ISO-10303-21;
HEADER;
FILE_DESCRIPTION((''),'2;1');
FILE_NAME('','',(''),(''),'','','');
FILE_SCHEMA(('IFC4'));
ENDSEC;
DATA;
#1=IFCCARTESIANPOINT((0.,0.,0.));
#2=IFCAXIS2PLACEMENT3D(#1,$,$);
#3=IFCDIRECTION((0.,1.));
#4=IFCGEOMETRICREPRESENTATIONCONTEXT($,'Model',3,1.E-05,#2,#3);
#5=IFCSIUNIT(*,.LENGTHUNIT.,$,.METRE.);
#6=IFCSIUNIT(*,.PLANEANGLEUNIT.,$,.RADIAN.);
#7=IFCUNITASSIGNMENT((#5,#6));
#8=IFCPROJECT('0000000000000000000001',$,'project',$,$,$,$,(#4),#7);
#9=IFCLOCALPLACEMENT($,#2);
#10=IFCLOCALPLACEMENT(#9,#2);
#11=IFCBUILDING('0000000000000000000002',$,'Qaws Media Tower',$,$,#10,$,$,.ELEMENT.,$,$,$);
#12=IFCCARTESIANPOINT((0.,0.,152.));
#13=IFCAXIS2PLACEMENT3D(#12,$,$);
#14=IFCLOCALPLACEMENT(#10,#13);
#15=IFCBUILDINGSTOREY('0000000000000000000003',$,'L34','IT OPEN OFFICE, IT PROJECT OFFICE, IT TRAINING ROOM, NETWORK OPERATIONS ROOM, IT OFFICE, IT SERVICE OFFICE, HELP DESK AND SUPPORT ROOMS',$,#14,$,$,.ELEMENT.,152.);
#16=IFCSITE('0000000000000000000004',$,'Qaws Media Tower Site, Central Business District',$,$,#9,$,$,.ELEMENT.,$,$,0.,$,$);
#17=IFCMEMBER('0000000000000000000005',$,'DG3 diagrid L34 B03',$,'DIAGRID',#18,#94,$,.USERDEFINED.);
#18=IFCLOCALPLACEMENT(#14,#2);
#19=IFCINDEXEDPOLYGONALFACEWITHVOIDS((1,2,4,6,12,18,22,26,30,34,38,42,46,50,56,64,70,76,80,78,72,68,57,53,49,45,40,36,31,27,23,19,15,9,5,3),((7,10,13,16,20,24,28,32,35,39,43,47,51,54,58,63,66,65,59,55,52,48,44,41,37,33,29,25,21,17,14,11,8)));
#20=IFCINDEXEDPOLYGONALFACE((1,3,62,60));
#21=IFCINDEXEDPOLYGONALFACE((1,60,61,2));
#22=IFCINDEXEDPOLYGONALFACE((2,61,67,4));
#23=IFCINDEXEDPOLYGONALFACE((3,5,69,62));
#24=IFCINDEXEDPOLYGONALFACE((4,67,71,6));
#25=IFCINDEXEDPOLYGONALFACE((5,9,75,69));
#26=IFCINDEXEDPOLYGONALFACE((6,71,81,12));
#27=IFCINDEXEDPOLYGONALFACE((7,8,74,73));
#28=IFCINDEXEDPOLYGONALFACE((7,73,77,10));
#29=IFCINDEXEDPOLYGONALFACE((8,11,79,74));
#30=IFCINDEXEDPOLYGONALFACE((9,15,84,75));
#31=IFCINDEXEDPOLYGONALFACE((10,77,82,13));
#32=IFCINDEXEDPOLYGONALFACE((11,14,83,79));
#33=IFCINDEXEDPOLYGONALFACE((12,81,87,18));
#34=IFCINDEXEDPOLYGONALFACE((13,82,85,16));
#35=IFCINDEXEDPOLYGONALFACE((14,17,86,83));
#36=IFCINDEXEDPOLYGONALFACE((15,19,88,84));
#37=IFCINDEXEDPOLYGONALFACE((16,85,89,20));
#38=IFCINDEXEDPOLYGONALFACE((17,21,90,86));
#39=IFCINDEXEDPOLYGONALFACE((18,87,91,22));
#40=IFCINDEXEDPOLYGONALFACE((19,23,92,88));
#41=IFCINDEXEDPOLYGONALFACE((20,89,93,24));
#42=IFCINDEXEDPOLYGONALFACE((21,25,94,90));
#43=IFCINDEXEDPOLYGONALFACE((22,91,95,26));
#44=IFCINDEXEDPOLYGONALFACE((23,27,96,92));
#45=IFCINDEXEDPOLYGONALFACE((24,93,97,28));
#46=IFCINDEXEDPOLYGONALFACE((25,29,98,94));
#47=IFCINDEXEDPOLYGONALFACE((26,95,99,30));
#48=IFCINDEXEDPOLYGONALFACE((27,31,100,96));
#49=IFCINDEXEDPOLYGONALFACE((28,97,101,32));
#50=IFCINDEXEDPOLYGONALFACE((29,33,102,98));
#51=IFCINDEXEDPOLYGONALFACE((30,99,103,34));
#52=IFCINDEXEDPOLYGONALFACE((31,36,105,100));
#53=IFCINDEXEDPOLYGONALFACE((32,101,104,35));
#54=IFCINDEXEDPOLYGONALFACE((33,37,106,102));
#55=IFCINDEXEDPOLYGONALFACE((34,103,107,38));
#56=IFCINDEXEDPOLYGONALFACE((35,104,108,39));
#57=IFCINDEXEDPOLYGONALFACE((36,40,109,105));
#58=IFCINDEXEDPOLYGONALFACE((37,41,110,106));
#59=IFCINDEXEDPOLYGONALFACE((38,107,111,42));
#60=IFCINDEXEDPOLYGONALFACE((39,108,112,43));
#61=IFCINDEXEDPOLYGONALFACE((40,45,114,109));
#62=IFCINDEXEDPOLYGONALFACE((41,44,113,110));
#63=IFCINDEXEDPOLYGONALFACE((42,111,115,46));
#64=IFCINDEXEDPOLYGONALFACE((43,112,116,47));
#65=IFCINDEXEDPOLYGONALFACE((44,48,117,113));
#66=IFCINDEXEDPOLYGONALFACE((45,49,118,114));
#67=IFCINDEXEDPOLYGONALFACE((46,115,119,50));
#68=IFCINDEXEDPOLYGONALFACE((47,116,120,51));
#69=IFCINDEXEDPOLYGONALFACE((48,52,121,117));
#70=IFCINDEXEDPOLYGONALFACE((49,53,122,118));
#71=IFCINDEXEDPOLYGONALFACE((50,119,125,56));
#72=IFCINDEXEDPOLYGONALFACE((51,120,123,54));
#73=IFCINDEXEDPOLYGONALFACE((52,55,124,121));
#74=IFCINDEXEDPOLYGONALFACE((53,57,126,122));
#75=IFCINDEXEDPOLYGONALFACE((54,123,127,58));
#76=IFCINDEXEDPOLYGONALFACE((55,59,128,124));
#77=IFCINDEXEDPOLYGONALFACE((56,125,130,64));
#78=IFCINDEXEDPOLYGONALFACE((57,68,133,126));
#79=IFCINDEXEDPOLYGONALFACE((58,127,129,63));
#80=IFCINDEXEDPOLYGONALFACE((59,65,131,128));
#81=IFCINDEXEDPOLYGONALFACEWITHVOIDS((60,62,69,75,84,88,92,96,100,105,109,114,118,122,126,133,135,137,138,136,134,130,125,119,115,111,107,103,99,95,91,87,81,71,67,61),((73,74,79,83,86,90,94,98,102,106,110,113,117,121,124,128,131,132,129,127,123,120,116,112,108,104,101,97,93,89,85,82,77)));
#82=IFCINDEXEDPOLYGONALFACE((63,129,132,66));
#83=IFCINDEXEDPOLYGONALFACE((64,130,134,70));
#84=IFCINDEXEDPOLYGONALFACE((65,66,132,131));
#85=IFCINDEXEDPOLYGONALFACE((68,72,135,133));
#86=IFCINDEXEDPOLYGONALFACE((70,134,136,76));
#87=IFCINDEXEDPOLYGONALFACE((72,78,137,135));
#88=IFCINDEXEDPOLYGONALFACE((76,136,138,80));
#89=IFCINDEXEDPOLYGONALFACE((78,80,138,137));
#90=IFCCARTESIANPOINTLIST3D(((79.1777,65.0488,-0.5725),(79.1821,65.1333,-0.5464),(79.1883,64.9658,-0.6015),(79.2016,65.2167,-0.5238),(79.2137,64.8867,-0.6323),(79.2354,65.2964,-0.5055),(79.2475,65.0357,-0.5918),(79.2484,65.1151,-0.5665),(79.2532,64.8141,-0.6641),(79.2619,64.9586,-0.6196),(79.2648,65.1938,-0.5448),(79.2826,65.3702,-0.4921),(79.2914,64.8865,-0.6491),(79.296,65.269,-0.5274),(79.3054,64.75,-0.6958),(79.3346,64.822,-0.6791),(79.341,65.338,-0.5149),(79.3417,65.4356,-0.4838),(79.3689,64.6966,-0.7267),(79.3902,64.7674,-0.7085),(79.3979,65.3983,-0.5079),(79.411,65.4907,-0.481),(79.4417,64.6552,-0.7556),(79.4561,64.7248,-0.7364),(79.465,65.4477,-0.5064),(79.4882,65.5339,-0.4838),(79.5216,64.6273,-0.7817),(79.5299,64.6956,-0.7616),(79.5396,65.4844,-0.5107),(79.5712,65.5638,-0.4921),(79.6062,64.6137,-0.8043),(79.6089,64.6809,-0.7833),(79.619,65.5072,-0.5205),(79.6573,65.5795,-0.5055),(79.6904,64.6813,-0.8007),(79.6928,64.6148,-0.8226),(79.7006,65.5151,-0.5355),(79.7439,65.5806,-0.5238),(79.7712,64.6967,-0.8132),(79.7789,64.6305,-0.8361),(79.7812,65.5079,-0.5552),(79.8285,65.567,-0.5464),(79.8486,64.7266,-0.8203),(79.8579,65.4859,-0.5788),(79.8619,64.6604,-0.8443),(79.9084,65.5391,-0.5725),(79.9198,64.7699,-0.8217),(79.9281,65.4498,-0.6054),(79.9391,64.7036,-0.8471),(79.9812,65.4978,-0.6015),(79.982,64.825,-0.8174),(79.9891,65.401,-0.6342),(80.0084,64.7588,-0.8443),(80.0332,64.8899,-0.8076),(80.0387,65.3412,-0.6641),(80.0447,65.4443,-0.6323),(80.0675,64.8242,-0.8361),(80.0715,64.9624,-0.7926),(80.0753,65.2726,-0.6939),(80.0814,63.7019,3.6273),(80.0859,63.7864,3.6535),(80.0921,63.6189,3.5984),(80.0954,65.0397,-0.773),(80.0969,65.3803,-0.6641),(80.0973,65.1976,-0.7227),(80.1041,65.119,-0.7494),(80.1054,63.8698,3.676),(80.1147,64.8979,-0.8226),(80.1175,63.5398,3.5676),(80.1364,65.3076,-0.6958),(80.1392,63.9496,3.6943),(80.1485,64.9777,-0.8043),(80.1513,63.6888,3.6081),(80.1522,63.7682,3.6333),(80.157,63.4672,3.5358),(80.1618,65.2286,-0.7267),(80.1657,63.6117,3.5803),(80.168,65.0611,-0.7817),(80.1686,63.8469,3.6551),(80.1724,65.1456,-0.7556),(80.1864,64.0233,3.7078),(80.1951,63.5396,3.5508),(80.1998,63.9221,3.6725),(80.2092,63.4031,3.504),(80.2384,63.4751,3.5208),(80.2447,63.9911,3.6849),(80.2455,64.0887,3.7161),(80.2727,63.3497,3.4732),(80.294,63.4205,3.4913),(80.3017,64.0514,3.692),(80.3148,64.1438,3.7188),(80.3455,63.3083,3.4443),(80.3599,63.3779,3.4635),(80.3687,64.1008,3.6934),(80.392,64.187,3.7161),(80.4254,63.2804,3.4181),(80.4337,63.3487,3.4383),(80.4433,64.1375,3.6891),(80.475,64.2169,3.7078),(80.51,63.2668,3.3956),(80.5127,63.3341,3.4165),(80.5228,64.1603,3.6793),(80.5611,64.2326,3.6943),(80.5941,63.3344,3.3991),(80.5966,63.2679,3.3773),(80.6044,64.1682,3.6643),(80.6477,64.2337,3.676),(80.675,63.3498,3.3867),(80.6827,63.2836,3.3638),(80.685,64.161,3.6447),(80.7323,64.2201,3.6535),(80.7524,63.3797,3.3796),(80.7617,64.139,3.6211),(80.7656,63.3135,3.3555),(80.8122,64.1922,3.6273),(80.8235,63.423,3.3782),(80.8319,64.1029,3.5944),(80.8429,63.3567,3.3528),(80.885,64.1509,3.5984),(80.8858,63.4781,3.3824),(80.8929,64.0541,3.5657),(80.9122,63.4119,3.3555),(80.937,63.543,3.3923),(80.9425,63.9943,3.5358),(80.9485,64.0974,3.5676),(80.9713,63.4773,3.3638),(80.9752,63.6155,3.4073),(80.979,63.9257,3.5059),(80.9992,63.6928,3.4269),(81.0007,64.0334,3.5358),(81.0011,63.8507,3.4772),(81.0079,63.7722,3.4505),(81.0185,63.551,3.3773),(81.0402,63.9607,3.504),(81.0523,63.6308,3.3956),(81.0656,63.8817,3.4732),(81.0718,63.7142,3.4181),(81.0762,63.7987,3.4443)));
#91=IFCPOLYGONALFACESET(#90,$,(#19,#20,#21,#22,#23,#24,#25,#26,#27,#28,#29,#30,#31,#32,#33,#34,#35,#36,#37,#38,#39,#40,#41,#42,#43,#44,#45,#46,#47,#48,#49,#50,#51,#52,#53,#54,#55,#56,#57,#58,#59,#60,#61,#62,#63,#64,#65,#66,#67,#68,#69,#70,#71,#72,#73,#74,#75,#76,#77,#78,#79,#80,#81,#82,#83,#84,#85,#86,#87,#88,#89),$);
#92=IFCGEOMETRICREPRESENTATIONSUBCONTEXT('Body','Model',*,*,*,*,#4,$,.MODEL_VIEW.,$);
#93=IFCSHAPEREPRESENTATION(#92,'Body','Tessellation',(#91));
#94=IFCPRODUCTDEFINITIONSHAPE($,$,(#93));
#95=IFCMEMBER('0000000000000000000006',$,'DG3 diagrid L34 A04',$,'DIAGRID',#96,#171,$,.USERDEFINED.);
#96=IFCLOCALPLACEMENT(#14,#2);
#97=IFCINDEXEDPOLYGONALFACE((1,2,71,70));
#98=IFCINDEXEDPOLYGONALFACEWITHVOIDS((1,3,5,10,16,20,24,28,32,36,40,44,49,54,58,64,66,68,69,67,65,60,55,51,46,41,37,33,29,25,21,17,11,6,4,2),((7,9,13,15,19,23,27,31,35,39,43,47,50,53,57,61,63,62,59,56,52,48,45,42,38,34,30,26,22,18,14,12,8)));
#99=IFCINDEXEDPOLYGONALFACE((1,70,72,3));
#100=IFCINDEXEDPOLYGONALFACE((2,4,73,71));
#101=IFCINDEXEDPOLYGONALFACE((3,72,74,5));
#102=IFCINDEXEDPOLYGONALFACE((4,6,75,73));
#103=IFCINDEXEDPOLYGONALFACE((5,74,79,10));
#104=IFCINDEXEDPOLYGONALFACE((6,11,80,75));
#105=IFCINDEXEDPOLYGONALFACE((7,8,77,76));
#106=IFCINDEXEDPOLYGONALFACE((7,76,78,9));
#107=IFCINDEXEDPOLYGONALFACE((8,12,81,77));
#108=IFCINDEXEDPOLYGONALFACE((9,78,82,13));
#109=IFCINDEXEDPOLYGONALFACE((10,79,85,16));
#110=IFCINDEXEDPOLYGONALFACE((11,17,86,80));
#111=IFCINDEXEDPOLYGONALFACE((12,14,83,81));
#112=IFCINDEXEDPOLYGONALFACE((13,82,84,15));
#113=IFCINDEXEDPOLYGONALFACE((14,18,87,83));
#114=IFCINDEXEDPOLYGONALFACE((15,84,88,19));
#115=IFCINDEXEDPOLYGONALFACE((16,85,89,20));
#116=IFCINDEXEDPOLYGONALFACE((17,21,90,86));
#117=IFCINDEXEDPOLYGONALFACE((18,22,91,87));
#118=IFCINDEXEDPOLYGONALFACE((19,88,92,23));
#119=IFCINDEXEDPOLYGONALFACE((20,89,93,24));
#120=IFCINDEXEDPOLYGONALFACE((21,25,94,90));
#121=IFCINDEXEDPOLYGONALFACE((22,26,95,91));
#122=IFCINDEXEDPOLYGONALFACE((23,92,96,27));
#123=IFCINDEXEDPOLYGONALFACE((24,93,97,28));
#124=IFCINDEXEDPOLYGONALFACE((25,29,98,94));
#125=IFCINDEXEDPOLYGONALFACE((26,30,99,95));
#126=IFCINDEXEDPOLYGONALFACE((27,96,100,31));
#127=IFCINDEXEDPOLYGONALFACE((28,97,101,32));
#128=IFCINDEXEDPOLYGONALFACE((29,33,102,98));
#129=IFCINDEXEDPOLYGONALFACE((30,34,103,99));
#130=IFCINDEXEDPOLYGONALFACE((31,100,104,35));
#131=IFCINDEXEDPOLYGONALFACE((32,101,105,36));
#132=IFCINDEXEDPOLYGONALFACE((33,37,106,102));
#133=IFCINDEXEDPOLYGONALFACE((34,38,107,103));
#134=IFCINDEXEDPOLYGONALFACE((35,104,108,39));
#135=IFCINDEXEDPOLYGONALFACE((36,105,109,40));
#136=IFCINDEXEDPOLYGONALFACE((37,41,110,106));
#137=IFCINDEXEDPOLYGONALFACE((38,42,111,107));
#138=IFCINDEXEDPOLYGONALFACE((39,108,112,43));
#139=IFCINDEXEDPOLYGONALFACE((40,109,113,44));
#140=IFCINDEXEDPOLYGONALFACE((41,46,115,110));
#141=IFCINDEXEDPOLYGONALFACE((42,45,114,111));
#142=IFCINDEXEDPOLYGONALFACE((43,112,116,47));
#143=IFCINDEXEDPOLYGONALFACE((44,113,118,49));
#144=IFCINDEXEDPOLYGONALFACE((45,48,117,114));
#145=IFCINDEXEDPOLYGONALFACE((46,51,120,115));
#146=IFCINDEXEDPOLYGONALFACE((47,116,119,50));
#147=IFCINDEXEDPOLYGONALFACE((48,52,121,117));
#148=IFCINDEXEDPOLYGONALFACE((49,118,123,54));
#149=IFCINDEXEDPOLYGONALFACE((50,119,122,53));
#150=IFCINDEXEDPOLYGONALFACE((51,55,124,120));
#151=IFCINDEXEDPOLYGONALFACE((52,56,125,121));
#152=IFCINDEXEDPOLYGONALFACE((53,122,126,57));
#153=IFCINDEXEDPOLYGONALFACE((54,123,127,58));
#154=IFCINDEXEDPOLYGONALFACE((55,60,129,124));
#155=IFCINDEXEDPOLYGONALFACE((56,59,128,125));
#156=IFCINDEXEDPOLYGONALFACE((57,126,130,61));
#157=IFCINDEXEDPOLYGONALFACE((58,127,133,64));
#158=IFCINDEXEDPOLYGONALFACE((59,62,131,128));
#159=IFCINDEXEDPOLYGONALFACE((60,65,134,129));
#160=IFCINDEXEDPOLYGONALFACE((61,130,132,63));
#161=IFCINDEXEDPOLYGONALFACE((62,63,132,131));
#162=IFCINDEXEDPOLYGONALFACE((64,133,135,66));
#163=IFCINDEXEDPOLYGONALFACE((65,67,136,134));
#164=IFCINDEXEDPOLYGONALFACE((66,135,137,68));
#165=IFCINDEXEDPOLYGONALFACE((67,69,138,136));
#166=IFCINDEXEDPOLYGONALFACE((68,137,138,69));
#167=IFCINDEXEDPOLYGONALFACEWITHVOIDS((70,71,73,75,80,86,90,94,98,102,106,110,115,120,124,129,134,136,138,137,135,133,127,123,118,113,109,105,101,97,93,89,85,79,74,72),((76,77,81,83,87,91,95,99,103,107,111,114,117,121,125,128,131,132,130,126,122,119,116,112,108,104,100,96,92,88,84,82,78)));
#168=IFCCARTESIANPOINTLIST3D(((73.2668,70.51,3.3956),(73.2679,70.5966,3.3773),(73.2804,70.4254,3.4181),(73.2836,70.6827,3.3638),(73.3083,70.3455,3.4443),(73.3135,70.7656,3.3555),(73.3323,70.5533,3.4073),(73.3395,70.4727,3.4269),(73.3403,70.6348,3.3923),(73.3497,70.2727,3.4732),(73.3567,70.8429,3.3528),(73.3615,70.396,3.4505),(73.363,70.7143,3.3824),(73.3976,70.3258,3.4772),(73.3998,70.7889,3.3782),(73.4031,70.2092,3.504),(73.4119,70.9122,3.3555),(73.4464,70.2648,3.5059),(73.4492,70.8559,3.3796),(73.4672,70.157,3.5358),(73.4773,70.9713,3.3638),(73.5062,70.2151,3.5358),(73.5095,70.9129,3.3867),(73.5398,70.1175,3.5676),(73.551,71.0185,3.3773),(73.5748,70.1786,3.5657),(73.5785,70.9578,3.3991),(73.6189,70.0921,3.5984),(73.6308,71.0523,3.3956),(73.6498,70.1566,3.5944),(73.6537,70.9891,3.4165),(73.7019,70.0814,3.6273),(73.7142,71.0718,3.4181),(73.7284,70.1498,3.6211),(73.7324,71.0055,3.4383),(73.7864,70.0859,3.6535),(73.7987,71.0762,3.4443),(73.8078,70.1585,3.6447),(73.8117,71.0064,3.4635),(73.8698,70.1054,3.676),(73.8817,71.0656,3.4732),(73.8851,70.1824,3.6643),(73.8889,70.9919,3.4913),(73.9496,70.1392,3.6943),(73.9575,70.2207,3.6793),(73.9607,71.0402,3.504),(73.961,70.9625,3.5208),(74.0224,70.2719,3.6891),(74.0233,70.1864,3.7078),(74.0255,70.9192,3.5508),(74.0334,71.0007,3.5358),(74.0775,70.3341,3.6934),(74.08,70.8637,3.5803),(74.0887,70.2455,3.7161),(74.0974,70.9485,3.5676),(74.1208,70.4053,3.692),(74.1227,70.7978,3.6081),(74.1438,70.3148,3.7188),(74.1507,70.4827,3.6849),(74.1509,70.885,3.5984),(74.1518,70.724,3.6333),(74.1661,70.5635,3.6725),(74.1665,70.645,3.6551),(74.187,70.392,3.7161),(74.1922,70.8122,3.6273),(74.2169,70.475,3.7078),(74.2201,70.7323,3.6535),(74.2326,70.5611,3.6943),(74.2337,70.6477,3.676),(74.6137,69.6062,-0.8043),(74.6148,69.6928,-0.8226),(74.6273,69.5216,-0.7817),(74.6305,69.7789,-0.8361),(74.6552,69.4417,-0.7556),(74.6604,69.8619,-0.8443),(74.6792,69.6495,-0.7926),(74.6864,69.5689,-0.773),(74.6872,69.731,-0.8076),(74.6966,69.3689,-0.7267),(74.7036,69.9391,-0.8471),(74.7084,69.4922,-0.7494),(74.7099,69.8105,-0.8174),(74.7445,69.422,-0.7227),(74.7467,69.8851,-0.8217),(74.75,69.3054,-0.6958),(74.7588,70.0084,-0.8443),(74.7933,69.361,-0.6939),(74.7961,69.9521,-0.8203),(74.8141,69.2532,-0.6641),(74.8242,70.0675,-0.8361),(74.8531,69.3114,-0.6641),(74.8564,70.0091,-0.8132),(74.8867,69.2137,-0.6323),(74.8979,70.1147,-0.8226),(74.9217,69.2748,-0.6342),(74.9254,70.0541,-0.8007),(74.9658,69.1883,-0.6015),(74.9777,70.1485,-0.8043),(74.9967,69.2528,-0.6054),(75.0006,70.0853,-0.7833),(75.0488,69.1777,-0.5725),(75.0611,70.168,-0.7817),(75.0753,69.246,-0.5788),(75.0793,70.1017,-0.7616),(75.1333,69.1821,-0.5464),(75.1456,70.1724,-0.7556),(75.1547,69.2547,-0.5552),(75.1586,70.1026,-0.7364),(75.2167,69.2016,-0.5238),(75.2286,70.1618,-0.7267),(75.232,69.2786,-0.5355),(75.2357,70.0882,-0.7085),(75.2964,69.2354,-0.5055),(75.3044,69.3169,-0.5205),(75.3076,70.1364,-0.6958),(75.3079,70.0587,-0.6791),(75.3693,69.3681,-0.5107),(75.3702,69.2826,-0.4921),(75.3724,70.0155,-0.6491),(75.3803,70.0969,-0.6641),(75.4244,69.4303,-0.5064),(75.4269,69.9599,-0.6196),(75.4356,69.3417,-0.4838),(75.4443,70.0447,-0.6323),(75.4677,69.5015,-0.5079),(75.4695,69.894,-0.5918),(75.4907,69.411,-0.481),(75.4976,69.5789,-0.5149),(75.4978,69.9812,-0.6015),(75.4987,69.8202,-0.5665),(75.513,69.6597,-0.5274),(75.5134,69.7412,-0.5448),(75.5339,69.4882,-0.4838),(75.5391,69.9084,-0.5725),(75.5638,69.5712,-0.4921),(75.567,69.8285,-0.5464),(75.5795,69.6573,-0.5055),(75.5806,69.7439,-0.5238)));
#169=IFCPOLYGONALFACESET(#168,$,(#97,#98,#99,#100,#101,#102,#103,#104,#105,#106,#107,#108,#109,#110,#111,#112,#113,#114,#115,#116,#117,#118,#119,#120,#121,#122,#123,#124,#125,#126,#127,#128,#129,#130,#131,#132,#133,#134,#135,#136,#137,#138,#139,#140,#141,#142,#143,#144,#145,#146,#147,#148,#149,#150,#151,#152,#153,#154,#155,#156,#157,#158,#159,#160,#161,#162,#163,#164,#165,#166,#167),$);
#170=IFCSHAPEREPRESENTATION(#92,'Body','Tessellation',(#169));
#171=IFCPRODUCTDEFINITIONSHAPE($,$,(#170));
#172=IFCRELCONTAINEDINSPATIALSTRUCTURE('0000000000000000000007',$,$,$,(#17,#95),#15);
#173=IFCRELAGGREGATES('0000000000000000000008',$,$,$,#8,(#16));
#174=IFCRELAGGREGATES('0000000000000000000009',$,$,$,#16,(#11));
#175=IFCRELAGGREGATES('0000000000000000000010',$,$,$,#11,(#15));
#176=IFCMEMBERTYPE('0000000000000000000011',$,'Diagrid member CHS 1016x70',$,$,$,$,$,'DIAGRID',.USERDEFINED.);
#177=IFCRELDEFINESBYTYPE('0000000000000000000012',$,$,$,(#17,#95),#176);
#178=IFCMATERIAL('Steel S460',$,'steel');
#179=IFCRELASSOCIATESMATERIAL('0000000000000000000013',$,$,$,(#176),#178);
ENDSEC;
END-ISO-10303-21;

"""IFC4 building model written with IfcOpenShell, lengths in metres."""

from ifc_helpers import new_model, si_unit, direction, frame, origin, origin_2d, place, context, subcontext, project, spatial, hollow_circle, extrude, material, material_profile, profile_set, type_object, element, save


model = new_model("IFC4")

# Units and contexts
model_context = context("Model", 3, precision=1e-05, world=origin(), true_north=direction((0.0, 1.0)))
body_context = subcontext(model_context, "Body", "Model", "MODEL_VIEW")
ifc_project = project(units=[si_unit("LENGTHUNIT", "METRE"), si_unit("PLANEANGLEUNIT", "RADIAN")], contexts=[model_context])

# Site, building, storey
site_placement = place(None, origin())
site = spatial("IfcSite", under=ifc_project, at=site_placement, Name="Qaws Media Tower Site, Central Business District", CompositionType="ELEMENT", RefElevation=0.0)
building_placement = place(site_placement, origin())
building = spatial("IfcBuilding", under=site, at=building_placement, Name="Qaws Media Tower", CompositionType="ELEMENT")
storey_placement = place(building_placement, frame((0.0, 0.0, 152.0)))
storey = spatial("IfcBuildingStorey", under=building, at=storey_placement, Name="L34", Description="IT OPEN OFFICE, IT PROJECT OFFICE, IT TRAINING ROOM, NETWORK OPERATIONS ROOM, IT OFFICE, IT SERVICE OFFICE, HELP DESK AND SUPPORT ROOMS", CompositionType="ELEMENT", Elevation=152.0)

# Members
ifc_material_1 = material(Name="Steel S460", Category="steel")
ifc_material_profile_1 = material_profile(ifc_material_1, hollow_circle(Radius=0.5081, WallThickness=0.0701, at=origin_2d()), Name="CHS 1016x70")
ifc_profile_set_1 = profile_set([ifc_material_profile_1], Name="Steel S460")
member_type_1 = type_object("IfcMemberType", Name="Diagrid member CHS 1016x70", ElementType="DIAGRID", PredefinedType="USERDEFINED", material=ifc_profile_set_1)
for number, where, z_axis, x_axis, name in (
    (1, (79.675, 65.0972, -0.6641), (0.200744, -0.299164, 0.932847), (0.830379, 0.557199, 0.0), "DG3 diagrid L34 B03"),
    (2, (75.0972, 69.675, -0.6641), (-0.299164, 0.200744, 0.932847), (-0.557199, -0.830379, 0.0), "DG3 diagrid L34 A04"),
):
    element("IfcMember", number, at=place(storey_placement, frame(where, z_axis=z_axis, x_axis=x_axis)), inside=storey, type_object=member_type_1, Name=name, ObjectType="DIAGRID", PredefinedType="USERDEFINED", context=body_context, shape_type="SweptSolid", body=[
        extrude(hollow_circle(Radius=0.5081, WallThickness=0.0701, at=origin_2d()), origin(), (0.0, 0.0, 1.0), 4.5022),
    ])

save(model, "model.ifc")
